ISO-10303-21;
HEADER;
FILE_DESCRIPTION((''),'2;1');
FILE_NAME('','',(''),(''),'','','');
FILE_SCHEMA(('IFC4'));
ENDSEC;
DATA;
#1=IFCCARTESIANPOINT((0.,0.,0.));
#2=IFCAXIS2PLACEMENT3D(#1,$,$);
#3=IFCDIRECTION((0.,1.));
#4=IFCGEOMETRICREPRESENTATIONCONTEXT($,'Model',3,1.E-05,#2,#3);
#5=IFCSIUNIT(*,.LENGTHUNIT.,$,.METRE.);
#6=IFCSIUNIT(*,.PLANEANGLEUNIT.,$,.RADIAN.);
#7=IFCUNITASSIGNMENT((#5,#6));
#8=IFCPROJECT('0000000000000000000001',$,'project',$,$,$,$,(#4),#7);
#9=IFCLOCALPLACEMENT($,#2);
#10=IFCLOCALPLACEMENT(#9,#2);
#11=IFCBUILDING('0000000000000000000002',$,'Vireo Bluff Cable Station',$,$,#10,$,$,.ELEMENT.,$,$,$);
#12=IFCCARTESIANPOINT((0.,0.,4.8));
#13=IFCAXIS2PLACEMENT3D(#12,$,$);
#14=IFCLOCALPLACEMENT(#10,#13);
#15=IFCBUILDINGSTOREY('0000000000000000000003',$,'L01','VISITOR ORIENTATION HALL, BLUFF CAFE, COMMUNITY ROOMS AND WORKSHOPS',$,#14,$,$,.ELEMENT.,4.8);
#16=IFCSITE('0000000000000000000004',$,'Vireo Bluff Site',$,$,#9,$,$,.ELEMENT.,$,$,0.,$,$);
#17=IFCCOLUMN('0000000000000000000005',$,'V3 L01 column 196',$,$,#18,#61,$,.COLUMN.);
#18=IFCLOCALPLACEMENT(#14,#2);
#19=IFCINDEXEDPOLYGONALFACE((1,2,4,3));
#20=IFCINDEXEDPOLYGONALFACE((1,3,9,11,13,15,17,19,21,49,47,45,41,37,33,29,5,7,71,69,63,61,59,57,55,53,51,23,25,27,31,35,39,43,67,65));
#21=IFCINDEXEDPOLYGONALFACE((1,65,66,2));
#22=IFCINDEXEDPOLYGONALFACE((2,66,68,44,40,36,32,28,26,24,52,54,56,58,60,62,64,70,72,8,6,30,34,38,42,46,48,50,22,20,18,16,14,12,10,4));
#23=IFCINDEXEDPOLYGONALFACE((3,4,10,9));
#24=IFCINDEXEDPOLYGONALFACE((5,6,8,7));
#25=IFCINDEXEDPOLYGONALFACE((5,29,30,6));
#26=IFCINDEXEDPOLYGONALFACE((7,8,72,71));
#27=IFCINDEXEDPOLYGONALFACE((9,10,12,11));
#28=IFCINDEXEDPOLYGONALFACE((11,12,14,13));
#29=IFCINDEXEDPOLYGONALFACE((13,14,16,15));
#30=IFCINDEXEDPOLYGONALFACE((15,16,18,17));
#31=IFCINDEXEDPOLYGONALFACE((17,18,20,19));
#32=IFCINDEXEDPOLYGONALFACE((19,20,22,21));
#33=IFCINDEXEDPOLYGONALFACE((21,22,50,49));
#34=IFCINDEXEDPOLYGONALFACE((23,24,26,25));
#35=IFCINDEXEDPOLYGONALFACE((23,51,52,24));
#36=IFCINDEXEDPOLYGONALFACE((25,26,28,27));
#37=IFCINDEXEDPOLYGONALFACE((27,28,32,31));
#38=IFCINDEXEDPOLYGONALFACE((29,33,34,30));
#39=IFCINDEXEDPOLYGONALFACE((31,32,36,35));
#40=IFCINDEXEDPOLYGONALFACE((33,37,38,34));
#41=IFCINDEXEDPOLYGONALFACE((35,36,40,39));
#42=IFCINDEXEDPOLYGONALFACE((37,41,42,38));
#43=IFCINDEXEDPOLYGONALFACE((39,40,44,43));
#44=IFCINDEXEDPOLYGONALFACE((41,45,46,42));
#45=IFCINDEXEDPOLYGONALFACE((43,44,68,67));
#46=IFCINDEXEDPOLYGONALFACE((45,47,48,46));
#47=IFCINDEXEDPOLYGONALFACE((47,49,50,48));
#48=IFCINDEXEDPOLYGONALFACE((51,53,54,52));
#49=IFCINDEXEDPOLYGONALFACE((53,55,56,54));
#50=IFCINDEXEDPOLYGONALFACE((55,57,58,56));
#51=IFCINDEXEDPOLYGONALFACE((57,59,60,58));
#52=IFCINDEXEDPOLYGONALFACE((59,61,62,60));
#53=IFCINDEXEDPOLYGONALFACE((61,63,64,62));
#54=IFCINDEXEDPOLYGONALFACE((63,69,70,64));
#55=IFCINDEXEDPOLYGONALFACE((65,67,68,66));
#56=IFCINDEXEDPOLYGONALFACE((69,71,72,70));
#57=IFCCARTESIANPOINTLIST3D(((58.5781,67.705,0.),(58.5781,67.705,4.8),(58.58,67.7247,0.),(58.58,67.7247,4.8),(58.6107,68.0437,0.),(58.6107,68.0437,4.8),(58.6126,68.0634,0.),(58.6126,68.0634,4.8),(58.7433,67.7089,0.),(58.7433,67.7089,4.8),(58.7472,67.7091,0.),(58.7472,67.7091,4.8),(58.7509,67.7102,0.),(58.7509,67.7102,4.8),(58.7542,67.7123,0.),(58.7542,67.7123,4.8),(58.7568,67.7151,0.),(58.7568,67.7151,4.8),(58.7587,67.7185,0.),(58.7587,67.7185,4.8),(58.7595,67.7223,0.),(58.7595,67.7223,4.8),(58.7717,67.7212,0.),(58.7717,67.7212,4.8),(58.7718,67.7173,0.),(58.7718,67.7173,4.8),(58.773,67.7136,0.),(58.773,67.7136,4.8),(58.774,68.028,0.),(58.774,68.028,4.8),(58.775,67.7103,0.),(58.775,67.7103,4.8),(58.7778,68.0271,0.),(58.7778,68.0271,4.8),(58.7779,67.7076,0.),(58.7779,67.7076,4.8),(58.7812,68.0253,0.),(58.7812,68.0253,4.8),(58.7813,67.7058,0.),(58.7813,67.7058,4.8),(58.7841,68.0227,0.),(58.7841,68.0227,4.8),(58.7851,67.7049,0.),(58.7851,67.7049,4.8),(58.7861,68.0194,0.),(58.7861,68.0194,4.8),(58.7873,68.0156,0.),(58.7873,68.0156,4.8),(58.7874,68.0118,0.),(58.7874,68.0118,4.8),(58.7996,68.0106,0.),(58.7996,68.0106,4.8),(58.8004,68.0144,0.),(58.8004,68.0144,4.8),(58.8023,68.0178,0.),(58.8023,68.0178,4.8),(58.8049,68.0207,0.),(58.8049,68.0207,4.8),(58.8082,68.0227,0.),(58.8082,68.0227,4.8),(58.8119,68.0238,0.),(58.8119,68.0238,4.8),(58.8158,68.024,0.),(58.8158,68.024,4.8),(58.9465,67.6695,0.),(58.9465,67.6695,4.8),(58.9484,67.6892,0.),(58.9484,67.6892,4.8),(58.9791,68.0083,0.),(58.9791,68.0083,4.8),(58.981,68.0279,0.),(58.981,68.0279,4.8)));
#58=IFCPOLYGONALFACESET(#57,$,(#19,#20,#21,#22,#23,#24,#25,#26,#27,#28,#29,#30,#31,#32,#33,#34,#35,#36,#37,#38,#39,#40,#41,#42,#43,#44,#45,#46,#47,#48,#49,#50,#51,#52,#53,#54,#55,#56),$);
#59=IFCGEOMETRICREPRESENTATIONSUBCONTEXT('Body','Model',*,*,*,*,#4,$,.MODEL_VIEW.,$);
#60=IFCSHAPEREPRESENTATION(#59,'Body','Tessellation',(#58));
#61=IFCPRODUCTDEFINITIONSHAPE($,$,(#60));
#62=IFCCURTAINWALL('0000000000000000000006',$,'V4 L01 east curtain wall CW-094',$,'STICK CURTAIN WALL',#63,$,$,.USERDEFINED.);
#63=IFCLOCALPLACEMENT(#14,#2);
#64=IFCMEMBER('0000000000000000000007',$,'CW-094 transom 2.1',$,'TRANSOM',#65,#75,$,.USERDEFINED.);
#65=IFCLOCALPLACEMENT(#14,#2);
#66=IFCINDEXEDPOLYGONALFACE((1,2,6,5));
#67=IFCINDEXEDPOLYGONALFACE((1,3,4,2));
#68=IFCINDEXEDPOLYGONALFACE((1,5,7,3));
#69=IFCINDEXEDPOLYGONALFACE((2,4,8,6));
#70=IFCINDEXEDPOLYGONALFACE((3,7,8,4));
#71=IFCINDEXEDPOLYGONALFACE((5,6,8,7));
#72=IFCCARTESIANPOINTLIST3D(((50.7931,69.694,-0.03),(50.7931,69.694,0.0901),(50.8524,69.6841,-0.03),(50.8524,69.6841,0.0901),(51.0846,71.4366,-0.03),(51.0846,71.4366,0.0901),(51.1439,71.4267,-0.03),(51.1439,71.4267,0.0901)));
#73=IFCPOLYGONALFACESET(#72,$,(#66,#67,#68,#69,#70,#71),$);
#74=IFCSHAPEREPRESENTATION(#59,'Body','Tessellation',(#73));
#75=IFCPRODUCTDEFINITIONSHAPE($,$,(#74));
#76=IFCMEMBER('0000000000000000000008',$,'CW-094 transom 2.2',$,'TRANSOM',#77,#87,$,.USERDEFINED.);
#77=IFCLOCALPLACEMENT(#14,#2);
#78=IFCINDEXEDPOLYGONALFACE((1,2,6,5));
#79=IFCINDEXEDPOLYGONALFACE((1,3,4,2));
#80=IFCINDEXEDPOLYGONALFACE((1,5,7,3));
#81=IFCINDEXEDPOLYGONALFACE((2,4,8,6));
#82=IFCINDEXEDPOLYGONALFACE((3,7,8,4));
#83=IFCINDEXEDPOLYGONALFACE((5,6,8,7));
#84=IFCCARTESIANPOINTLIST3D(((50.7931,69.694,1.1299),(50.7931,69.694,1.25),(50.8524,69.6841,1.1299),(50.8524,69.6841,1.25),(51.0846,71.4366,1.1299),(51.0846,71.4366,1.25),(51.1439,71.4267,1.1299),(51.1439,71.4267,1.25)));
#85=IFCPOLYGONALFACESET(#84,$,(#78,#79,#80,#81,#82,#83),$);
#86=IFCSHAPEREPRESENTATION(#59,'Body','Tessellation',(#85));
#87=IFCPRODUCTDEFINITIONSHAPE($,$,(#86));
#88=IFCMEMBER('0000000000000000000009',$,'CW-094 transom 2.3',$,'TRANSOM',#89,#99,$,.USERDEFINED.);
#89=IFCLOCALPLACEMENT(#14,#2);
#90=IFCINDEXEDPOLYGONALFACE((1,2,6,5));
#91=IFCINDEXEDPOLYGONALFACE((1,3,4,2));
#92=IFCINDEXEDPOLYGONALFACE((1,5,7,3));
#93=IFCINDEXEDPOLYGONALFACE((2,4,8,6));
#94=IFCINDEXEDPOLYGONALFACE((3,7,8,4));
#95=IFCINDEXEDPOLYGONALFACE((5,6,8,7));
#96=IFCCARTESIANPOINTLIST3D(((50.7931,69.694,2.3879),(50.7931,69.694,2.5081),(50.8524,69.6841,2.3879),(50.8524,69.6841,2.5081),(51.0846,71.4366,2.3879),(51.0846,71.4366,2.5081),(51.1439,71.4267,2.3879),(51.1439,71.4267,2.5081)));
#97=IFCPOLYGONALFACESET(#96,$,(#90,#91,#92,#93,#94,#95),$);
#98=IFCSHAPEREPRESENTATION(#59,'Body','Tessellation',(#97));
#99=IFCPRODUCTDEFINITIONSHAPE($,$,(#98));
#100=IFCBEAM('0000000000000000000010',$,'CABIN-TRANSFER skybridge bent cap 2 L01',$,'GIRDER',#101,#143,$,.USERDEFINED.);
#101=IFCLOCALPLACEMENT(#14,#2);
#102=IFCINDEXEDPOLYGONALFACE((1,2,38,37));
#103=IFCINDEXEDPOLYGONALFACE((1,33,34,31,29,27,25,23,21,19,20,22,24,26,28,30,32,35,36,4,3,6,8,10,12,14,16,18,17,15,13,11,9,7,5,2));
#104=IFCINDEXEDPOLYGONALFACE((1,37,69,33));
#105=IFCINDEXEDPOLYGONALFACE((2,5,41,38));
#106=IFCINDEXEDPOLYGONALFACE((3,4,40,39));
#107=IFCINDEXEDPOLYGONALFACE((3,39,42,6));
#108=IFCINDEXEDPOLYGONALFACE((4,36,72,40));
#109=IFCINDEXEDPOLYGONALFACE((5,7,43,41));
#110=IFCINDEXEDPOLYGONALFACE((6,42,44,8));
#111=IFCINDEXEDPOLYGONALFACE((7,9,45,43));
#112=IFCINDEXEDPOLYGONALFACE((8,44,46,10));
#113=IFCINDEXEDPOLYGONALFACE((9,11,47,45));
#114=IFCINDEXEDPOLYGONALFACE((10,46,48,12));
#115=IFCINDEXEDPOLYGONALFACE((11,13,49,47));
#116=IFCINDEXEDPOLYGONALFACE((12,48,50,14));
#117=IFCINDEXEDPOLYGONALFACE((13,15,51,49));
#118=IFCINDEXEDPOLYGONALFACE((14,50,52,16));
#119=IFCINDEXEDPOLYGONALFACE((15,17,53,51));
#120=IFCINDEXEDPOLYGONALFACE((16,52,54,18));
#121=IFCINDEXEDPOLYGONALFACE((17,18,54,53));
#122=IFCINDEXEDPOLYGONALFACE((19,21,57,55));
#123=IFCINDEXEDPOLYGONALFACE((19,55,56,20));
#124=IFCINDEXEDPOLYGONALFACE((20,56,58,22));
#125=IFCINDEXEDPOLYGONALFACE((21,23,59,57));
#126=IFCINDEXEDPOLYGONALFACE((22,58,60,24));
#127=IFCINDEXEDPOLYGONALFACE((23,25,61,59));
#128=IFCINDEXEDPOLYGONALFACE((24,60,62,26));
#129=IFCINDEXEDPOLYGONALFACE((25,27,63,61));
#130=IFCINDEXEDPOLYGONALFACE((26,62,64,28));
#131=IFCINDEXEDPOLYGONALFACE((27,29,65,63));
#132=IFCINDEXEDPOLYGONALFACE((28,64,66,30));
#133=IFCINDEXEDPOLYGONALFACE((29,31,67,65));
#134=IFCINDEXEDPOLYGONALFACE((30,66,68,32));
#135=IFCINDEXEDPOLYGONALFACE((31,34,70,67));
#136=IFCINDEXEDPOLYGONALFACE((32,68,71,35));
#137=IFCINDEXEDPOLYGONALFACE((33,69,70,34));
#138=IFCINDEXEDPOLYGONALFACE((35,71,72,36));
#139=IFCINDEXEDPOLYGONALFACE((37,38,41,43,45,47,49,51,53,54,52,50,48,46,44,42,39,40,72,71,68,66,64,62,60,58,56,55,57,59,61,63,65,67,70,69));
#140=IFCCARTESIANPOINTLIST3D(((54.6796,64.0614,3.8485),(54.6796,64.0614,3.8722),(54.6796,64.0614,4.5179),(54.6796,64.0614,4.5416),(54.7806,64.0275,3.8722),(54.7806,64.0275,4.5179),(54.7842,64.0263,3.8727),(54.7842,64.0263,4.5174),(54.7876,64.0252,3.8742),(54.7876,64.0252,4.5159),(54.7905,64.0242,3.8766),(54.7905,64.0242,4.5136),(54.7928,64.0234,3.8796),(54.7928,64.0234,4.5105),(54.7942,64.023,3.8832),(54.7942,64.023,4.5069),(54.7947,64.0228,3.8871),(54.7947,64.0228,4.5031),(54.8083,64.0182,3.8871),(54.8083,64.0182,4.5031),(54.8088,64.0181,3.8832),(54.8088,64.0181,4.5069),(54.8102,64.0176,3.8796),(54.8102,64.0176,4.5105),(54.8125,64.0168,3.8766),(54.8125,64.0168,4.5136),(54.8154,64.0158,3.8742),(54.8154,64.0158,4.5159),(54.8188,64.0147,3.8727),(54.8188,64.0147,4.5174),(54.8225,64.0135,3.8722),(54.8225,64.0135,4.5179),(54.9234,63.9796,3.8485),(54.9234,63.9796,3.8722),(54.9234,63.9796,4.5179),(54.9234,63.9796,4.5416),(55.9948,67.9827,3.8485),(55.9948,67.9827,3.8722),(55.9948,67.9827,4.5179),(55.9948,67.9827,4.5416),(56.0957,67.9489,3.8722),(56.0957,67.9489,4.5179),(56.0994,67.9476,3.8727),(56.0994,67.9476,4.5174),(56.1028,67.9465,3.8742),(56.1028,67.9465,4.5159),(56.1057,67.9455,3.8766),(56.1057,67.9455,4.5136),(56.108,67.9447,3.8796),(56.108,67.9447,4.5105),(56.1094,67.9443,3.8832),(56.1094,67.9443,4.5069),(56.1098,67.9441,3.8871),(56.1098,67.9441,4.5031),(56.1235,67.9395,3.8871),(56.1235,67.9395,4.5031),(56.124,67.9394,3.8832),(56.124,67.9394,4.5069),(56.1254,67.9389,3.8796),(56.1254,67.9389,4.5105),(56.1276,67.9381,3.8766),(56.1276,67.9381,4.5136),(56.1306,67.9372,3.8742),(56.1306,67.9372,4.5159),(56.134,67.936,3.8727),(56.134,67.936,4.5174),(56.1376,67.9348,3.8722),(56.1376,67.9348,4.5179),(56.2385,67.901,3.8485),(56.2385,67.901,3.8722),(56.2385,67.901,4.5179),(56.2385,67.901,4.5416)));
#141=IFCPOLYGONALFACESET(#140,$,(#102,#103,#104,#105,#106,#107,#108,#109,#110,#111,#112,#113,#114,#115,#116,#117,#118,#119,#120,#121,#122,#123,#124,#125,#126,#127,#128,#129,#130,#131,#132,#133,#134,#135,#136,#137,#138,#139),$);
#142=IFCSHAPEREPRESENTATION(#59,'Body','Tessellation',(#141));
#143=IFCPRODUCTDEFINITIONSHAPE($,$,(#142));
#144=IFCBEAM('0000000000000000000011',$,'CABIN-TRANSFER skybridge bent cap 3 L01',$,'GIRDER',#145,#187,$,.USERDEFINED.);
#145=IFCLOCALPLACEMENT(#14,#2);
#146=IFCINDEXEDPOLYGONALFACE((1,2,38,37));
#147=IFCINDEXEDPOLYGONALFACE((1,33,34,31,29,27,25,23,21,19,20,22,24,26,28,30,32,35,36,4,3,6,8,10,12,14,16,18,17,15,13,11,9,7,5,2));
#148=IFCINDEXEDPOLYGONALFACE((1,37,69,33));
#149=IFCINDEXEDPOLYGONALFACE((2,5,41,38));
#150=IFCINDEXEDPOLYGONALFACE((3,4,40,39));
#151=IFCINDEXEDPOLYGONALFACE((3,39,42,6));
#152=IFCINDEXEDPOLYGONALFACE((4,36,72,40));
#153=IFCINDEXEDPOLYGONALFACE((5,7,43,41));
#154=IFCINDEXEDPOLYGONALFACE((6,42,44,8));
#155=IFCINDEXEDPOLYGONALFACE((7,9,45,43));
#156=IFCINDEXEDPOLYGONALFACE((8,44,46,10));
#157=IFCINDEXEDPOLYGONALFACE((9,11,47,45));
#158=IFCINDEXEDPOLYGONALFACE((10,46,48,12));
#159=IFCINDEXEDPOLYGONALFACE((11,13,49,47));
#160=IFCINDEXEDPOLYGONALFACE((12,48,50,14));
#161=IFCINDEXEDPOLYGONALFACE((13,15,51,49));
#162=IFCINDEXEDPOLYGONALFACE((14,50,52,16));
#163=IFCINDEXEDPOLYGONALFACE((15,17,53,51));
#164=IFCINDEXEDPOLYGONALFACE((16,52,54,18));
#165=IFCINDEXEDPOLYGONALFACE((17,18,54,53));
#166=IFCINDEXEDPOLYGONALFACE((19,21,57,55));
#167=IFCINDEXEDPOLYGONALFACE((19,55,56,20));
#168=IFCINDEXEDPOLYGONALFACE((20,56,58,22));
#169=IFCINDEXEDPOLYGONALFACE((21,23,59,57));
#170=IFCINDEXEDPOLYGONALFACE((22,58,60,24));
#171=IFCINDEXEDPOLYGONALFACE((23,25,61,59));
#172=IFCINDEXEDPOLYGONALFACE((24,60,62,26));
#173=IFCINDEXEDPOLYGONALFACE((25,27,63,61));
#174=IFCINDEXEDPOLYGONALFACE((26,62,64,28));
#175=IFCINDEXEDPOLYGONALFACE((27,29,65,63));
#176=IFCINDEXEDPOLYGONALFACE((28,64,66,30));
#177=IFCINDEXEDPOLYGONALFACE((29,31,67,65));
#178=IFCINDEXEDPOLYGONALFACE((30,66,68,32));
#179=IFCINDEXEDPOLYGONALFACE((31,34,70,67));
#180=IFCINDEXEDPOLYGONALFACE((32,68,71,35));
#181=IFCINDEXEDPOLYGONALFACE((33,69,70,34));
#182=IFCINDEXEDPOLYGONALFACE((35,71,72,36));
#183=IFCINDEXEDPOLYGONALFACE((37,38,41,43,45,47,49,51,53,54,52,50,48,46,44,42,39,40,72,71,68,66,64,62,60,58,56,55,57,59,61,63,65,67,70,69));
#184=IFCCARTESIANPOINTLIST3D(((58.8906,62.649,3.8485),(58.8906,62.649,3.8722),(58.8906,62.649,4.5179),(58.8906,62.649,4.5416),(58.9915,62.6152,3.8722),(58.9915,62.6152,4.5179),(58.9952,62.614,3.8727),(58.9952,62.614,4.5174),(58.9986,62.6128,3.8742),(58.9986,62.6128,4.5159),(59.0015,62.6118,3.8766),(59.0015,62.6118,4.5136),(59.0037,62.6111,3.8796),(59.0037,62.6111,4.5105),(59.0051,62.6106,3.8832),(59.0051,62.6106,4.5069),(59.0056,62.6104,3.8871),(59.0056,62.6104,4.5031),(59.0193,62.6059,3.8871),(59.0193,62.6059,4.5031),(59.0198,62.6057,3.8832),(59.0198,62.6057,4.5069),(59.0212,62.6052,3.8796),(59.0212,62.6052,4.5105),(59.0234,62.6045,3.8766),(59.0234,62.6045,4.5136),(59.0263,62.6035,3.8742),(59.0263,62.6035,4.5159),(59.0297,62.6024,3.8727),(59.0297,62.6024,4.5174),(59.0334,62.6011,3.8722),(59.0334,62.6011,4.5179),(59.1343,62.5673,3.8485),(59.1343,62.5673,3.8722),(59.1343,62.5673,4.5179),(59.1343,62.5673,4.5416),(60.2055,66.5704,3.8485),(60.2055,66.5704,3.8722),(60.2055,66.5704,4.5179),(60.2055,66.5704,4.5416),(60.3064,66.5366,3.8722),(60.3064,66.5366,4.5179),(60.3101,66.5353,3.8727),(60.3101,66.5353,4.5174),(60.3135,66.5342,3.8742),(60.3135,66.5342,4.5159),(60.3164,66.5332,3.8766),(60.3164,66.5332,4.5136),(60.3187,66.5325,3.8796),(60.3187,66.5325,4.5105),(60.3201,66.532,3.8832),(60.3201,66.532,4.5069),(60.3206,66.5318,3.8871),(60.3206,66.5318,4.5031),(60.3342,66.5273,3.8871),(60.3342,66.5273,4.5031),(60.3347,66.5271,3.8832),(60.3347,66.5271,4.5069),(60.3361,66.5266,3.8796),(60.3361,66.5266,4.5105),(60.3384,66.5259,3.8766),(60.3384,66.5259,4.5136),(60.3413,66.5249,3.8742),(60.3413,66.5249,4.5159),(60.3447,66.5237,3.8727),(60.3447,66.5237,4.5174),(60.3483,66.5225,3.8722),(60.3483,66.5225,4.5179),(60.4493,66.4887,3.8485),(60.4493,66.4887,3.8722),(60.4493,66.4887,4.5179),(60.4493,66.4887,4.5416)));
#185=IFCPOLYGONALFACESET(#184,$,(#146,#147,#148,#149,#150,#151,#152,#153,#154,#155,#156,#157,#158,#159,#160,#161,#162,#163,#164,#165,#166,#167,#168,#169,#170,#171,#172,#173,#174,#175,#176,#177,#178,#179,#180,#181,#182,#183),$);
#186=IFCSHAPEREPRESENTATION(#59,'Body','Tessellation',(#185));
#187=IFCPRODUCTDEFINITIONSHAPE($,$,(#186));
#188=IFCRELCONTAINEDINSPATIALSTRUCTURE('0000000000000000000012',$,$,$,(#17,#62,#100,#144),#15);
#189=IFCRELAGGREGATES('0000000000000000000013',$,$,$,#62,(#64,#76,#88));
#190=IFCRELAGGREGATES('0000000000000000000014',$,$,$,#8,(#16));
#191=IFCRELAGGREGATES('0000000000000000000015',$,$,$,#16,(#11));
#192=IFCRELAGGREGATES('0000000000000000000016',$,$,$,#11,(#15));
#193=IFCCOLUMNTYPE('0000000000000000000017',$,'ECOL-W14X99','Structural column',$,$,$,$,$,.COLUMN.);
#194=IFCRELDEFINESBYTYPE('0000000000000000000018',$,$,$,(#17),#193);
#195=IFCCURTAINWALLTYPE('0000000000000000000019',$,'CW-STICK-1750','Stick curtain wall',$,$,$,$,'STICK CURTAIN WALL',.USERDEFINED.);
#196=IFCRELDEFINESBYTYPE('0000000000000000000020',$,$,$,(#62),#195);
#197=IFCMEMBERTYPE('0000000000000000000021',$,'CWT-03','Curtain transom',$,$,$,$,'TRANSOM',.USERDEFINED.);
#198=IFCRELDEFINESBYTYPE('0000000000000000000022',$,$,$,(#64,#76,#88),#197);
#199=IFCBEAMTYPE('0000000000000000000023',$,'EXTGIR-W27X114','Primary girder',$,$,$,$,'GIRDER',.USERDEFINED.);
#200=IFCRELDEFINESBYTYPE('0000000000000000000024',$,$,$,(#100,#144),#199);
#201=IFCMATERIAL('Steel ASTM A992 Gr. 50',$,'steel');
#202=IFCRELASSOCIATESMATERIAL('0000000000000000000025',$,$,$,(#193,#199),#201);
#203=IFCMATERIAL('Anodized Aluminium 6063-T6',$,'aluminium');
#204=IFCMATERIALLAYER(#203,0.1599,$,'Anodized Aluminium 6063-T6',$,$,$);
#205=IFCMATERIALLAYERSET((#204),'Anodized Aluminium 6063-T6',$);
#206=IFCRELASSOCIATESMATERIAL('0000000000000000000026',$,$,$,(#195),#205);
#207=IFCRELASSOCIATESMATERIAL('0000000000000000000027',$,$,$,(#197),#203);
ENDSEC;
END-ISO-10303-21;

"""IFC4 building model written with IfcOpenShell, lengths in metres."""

from ifc_helpers import new_model, si_unit, direction, frame, origin, origin_2d, place, context, subcontext, project, spatial, rectangle, i_section, extrude, material, layer, layer_set, material_profile, profile_set, type_object, element, aggregate, save


model = new_model("IFC4")

# Units and contexts
model_context = context("Model", 3, precision=1e-05, world=origin(), true_north=direction((0.0, 1.0)))
body_context = subcontext(model_context, "Body", "Model", "MODEL_VIEW")
ifc_project = project(units=[si_unit("LENGTHUNIT", "METRE"), si_unit("PLANEANGLEUNIT", "RADIAN")], contexts=[model_context])

# Site, building, storey
site_placement = place(None, origin())
site = spatial("IfcSite", under=ifc_project, at=site_placement, Name="Vireo Bluff Site", CompositionType="ELEMENT", RefElevation=0.0)
building_placement = place(site_placement, origin())
building = spatial("IfcBuilding", under=site, at=building_placement, Name="Vireo Bluff Cable Station", CompositionType="ELEMENT")
storey_placement = place(building_placement, frame((0.0, 0.0, 4.8)))
storey = spatial("IfcBuildingStorey", under=building, at=storey_placement, Name="L01", Description="VISITOR ORIENTATION HALL, BLUFF CAFE, COMMUNITY ROOMS AND WORKSHOPS", CompositionType="ELEMENT", Elevation=4.8)

# Column
ifc_material_1 = material(Name="Steel ASTM A992 Gr. 50", Category="steel")
ifc_material_profile_1 = material_profile(ifc_material_1, i_section(OverallWidth=0.3701, OverallDepth=0.3601, WebThickness=0.0122, FlangeThickness=0.0198, FilletRadius=0.0149, at=origin_2d()), Name="W14X99")
ifc_profile_set_1 = profile_set([ifc_material_profile_1], Name="Steel ASTM A992 Gr. 50")
column_type_1 = type_object("IfcColumnType", Name="ECOL-W14X99", Description="Structural column", PredefinedType="COLUMN", material=ifc_profile_set_1)
column_placement = place(storey_placement, frame((58.7795, 67.8665, 0.0), z_axis=(0.0, 0.0, 1.0), x_axis=(0.995396, -0.095846, 0.0)))
element("IfcColumn", 1, at=column_placement, inside=storey, type_object=column_type_1, Name="V3 L01 column 196", PredefinedType="COLUMN", context=body_context, shape_type="SweptSolid", body=[
    extrude(i_section(OverallWidth=0.3701, OverallDepth=0.3601, WebThickness=0.0122, FlangeThickness=0.0198, FilletRadius=0.0149, at=origin_2d()), origin(), (0.0, 0.0, 1.0), 4.8),
])

# Curtain wall, members
ifc_material_2 = material(Name="Anodized Aluminium 6063-T6", Category="aluminium")
ifc_layer_1 = layer(ifc_material_2, 0.1599, Name="Anodized Aluminium 6063-T6")
ifc_layer_set_1 = layer_set([ifc_layer_1], Name="Anodized Aluminium 6063-T6")
curtain_wall_type = type_object("IfcCurtainWallType", Name="CW-STICK-1750", Description="Stick curtain wall", ElementType="STICK CURTAIN WALL", PredefinedType="USERDEFINED", material=ifc_layer_set_1)
curtain_wall_placement = place(storey_placement, origin())
curtain_wall = element("IfcCurtainWall", 2, at=curtain_wall_placement, inside=storey, type_object=curtain_wall_type, Name="V4 L01 east curtain wall CW-094", ObjectType="STICK CURTAIN WALL", PredefinedType="USERDEFINED")
ifc_material_profile_2 = material_profile(ifc_material_2, rectangle(XDim=0.0601, YDim=0.1201, at=origin_2d()), Name="ALU-T-60X120")
ifc_profile_set_2 = profile_set([ifc_material_profile_2], Name="Anodized Aluminium 6063-T6")
member_type_1 = type_object("IfcMemberType", Name="CWT-03", Description="Curtain transom", ElementType="TRANSOM", PredefinedType="USERDEFINED", material=ifc_profile_set_2)
member_1_placement = place(storey_placement, frame((51.1143, 71.4316, 0.03), z_axis=(-0.164982, -0.986297, 0.0), x_axis=(0.986297, -0.164982, 0.0)))
member_1 = element("IfcMember", 3, at=member_1_placement, type_object=member_type_1, Name="CW-094 transom 2.1", ObjectType="TRANSOM", PredefinedType="USERDEFINED", context=body_context, shape_type="SweptSolid", body=[
    extrude(rectangle(XDim=0.0601, YDim=0.1201, at=origin_2d()), origin(), (0.0, 0.0, 1.0), 1.7668),
])
member_2_placement = place(storey_placement, frame((51.1143, 71.4316, 1.1899), z_axis=(-0.164982, -0.986297, 0.0), x_axis=(0.986297, -0.164982, 0.0)))
member_2 = element("IfcMember", 4, at=member_2_placement, type_object=member_type_1, Name="CW-094 transom 2.2", ObjectType="TRANSOM", PredefinedType="USERDEFINED", context=body_context, shape_type="SweptSolid", body=[
    extrude(rectangle(XDim=0.0601, YDim=0.1201, at=origin_2d()), origin(), (0.0, 0.0, 1.0), 1.7668),
])
member_3_placement = place(storey_placement, frame((51.1143, 71.4316, 2.448), z_axis=(-0.164982, -0.986297, 0.0), x_axis=(0.986297, -0.164982, 0.0)))
member_3 = element("IfcMember", 5, at=member_3_placement, type_object=member_type_1, Name="CW-094 transom 2.3", ObjectType="TRANSOM", PredefinedType="USERDEFINED", context=body_context, shape_type="SweptSolid", body=[
    extrude(rectangle(XDim=0.0601, YDim=0.1201, at=origin_2d()), origin(), (0.0, 0.0, 1.0), 1.7668),
])
aggregate(curtain_wall, [member_1, member_2, member_3])

# Beams
ifc_material_profile_3 = material_profile(ifc_material_1, i_section(OverallWidth=0.2571, OverallDepth=0.6931, WebThickness=0.0144, FlangeThickness=0.0237, FilletRadius=0.0149, at=origin_2d()), Name="W27X114")
ifc_profile_set_3 = profile_set([ifc_material_profile_3], Name="Steel ASTM A992 Gr. 50")
beam_type_1 = type_object("IfcBeamType", Name="EXTGIR-W27X114", Description="Primary girder", ElementType="GIRDER", PredefinedType="USERDEFINED", material=ifc_profile_set_3)
for number, where, z_axis, x_axis, name in (
    (6, (54.8015, 64.0205, 4.1951), (0.31798, 0.948097, 0.0), (-0.948097, 0.31798, 0.0), "CABIN-TRANSFER skybridge bent cap 2 L01"),
    (7, (59.0125, 62.6082, 4.1951), (0.317927, 0.948115, 0.0), (-0.948115, 0.317927, 0.0), "CABIN-TRANSFER skybridge bent cap 3 L01"),
):
    element("IfcBeam", number, at=place(storey_placement, frame(where, z_axis=z_axis, x_axis=x_axis)), inside=storey, type_object=beam_type_1, Name=name, ObjectType="GIRDER", PredefinedType="USERDEFINED", context=body_context, shape_type="SweptSolid", body=[
        extrude(i_section(OverallWidth=0.2571, OverallDepth=0.6931, WebThickness=0.0144, FlangeThickness=0.0237, FilletRadius=0.0149, at=origin_2d()), origin(), (0.0, 0.0, 1.0), 4.136),
    ])

save(model, "model.ifc")
